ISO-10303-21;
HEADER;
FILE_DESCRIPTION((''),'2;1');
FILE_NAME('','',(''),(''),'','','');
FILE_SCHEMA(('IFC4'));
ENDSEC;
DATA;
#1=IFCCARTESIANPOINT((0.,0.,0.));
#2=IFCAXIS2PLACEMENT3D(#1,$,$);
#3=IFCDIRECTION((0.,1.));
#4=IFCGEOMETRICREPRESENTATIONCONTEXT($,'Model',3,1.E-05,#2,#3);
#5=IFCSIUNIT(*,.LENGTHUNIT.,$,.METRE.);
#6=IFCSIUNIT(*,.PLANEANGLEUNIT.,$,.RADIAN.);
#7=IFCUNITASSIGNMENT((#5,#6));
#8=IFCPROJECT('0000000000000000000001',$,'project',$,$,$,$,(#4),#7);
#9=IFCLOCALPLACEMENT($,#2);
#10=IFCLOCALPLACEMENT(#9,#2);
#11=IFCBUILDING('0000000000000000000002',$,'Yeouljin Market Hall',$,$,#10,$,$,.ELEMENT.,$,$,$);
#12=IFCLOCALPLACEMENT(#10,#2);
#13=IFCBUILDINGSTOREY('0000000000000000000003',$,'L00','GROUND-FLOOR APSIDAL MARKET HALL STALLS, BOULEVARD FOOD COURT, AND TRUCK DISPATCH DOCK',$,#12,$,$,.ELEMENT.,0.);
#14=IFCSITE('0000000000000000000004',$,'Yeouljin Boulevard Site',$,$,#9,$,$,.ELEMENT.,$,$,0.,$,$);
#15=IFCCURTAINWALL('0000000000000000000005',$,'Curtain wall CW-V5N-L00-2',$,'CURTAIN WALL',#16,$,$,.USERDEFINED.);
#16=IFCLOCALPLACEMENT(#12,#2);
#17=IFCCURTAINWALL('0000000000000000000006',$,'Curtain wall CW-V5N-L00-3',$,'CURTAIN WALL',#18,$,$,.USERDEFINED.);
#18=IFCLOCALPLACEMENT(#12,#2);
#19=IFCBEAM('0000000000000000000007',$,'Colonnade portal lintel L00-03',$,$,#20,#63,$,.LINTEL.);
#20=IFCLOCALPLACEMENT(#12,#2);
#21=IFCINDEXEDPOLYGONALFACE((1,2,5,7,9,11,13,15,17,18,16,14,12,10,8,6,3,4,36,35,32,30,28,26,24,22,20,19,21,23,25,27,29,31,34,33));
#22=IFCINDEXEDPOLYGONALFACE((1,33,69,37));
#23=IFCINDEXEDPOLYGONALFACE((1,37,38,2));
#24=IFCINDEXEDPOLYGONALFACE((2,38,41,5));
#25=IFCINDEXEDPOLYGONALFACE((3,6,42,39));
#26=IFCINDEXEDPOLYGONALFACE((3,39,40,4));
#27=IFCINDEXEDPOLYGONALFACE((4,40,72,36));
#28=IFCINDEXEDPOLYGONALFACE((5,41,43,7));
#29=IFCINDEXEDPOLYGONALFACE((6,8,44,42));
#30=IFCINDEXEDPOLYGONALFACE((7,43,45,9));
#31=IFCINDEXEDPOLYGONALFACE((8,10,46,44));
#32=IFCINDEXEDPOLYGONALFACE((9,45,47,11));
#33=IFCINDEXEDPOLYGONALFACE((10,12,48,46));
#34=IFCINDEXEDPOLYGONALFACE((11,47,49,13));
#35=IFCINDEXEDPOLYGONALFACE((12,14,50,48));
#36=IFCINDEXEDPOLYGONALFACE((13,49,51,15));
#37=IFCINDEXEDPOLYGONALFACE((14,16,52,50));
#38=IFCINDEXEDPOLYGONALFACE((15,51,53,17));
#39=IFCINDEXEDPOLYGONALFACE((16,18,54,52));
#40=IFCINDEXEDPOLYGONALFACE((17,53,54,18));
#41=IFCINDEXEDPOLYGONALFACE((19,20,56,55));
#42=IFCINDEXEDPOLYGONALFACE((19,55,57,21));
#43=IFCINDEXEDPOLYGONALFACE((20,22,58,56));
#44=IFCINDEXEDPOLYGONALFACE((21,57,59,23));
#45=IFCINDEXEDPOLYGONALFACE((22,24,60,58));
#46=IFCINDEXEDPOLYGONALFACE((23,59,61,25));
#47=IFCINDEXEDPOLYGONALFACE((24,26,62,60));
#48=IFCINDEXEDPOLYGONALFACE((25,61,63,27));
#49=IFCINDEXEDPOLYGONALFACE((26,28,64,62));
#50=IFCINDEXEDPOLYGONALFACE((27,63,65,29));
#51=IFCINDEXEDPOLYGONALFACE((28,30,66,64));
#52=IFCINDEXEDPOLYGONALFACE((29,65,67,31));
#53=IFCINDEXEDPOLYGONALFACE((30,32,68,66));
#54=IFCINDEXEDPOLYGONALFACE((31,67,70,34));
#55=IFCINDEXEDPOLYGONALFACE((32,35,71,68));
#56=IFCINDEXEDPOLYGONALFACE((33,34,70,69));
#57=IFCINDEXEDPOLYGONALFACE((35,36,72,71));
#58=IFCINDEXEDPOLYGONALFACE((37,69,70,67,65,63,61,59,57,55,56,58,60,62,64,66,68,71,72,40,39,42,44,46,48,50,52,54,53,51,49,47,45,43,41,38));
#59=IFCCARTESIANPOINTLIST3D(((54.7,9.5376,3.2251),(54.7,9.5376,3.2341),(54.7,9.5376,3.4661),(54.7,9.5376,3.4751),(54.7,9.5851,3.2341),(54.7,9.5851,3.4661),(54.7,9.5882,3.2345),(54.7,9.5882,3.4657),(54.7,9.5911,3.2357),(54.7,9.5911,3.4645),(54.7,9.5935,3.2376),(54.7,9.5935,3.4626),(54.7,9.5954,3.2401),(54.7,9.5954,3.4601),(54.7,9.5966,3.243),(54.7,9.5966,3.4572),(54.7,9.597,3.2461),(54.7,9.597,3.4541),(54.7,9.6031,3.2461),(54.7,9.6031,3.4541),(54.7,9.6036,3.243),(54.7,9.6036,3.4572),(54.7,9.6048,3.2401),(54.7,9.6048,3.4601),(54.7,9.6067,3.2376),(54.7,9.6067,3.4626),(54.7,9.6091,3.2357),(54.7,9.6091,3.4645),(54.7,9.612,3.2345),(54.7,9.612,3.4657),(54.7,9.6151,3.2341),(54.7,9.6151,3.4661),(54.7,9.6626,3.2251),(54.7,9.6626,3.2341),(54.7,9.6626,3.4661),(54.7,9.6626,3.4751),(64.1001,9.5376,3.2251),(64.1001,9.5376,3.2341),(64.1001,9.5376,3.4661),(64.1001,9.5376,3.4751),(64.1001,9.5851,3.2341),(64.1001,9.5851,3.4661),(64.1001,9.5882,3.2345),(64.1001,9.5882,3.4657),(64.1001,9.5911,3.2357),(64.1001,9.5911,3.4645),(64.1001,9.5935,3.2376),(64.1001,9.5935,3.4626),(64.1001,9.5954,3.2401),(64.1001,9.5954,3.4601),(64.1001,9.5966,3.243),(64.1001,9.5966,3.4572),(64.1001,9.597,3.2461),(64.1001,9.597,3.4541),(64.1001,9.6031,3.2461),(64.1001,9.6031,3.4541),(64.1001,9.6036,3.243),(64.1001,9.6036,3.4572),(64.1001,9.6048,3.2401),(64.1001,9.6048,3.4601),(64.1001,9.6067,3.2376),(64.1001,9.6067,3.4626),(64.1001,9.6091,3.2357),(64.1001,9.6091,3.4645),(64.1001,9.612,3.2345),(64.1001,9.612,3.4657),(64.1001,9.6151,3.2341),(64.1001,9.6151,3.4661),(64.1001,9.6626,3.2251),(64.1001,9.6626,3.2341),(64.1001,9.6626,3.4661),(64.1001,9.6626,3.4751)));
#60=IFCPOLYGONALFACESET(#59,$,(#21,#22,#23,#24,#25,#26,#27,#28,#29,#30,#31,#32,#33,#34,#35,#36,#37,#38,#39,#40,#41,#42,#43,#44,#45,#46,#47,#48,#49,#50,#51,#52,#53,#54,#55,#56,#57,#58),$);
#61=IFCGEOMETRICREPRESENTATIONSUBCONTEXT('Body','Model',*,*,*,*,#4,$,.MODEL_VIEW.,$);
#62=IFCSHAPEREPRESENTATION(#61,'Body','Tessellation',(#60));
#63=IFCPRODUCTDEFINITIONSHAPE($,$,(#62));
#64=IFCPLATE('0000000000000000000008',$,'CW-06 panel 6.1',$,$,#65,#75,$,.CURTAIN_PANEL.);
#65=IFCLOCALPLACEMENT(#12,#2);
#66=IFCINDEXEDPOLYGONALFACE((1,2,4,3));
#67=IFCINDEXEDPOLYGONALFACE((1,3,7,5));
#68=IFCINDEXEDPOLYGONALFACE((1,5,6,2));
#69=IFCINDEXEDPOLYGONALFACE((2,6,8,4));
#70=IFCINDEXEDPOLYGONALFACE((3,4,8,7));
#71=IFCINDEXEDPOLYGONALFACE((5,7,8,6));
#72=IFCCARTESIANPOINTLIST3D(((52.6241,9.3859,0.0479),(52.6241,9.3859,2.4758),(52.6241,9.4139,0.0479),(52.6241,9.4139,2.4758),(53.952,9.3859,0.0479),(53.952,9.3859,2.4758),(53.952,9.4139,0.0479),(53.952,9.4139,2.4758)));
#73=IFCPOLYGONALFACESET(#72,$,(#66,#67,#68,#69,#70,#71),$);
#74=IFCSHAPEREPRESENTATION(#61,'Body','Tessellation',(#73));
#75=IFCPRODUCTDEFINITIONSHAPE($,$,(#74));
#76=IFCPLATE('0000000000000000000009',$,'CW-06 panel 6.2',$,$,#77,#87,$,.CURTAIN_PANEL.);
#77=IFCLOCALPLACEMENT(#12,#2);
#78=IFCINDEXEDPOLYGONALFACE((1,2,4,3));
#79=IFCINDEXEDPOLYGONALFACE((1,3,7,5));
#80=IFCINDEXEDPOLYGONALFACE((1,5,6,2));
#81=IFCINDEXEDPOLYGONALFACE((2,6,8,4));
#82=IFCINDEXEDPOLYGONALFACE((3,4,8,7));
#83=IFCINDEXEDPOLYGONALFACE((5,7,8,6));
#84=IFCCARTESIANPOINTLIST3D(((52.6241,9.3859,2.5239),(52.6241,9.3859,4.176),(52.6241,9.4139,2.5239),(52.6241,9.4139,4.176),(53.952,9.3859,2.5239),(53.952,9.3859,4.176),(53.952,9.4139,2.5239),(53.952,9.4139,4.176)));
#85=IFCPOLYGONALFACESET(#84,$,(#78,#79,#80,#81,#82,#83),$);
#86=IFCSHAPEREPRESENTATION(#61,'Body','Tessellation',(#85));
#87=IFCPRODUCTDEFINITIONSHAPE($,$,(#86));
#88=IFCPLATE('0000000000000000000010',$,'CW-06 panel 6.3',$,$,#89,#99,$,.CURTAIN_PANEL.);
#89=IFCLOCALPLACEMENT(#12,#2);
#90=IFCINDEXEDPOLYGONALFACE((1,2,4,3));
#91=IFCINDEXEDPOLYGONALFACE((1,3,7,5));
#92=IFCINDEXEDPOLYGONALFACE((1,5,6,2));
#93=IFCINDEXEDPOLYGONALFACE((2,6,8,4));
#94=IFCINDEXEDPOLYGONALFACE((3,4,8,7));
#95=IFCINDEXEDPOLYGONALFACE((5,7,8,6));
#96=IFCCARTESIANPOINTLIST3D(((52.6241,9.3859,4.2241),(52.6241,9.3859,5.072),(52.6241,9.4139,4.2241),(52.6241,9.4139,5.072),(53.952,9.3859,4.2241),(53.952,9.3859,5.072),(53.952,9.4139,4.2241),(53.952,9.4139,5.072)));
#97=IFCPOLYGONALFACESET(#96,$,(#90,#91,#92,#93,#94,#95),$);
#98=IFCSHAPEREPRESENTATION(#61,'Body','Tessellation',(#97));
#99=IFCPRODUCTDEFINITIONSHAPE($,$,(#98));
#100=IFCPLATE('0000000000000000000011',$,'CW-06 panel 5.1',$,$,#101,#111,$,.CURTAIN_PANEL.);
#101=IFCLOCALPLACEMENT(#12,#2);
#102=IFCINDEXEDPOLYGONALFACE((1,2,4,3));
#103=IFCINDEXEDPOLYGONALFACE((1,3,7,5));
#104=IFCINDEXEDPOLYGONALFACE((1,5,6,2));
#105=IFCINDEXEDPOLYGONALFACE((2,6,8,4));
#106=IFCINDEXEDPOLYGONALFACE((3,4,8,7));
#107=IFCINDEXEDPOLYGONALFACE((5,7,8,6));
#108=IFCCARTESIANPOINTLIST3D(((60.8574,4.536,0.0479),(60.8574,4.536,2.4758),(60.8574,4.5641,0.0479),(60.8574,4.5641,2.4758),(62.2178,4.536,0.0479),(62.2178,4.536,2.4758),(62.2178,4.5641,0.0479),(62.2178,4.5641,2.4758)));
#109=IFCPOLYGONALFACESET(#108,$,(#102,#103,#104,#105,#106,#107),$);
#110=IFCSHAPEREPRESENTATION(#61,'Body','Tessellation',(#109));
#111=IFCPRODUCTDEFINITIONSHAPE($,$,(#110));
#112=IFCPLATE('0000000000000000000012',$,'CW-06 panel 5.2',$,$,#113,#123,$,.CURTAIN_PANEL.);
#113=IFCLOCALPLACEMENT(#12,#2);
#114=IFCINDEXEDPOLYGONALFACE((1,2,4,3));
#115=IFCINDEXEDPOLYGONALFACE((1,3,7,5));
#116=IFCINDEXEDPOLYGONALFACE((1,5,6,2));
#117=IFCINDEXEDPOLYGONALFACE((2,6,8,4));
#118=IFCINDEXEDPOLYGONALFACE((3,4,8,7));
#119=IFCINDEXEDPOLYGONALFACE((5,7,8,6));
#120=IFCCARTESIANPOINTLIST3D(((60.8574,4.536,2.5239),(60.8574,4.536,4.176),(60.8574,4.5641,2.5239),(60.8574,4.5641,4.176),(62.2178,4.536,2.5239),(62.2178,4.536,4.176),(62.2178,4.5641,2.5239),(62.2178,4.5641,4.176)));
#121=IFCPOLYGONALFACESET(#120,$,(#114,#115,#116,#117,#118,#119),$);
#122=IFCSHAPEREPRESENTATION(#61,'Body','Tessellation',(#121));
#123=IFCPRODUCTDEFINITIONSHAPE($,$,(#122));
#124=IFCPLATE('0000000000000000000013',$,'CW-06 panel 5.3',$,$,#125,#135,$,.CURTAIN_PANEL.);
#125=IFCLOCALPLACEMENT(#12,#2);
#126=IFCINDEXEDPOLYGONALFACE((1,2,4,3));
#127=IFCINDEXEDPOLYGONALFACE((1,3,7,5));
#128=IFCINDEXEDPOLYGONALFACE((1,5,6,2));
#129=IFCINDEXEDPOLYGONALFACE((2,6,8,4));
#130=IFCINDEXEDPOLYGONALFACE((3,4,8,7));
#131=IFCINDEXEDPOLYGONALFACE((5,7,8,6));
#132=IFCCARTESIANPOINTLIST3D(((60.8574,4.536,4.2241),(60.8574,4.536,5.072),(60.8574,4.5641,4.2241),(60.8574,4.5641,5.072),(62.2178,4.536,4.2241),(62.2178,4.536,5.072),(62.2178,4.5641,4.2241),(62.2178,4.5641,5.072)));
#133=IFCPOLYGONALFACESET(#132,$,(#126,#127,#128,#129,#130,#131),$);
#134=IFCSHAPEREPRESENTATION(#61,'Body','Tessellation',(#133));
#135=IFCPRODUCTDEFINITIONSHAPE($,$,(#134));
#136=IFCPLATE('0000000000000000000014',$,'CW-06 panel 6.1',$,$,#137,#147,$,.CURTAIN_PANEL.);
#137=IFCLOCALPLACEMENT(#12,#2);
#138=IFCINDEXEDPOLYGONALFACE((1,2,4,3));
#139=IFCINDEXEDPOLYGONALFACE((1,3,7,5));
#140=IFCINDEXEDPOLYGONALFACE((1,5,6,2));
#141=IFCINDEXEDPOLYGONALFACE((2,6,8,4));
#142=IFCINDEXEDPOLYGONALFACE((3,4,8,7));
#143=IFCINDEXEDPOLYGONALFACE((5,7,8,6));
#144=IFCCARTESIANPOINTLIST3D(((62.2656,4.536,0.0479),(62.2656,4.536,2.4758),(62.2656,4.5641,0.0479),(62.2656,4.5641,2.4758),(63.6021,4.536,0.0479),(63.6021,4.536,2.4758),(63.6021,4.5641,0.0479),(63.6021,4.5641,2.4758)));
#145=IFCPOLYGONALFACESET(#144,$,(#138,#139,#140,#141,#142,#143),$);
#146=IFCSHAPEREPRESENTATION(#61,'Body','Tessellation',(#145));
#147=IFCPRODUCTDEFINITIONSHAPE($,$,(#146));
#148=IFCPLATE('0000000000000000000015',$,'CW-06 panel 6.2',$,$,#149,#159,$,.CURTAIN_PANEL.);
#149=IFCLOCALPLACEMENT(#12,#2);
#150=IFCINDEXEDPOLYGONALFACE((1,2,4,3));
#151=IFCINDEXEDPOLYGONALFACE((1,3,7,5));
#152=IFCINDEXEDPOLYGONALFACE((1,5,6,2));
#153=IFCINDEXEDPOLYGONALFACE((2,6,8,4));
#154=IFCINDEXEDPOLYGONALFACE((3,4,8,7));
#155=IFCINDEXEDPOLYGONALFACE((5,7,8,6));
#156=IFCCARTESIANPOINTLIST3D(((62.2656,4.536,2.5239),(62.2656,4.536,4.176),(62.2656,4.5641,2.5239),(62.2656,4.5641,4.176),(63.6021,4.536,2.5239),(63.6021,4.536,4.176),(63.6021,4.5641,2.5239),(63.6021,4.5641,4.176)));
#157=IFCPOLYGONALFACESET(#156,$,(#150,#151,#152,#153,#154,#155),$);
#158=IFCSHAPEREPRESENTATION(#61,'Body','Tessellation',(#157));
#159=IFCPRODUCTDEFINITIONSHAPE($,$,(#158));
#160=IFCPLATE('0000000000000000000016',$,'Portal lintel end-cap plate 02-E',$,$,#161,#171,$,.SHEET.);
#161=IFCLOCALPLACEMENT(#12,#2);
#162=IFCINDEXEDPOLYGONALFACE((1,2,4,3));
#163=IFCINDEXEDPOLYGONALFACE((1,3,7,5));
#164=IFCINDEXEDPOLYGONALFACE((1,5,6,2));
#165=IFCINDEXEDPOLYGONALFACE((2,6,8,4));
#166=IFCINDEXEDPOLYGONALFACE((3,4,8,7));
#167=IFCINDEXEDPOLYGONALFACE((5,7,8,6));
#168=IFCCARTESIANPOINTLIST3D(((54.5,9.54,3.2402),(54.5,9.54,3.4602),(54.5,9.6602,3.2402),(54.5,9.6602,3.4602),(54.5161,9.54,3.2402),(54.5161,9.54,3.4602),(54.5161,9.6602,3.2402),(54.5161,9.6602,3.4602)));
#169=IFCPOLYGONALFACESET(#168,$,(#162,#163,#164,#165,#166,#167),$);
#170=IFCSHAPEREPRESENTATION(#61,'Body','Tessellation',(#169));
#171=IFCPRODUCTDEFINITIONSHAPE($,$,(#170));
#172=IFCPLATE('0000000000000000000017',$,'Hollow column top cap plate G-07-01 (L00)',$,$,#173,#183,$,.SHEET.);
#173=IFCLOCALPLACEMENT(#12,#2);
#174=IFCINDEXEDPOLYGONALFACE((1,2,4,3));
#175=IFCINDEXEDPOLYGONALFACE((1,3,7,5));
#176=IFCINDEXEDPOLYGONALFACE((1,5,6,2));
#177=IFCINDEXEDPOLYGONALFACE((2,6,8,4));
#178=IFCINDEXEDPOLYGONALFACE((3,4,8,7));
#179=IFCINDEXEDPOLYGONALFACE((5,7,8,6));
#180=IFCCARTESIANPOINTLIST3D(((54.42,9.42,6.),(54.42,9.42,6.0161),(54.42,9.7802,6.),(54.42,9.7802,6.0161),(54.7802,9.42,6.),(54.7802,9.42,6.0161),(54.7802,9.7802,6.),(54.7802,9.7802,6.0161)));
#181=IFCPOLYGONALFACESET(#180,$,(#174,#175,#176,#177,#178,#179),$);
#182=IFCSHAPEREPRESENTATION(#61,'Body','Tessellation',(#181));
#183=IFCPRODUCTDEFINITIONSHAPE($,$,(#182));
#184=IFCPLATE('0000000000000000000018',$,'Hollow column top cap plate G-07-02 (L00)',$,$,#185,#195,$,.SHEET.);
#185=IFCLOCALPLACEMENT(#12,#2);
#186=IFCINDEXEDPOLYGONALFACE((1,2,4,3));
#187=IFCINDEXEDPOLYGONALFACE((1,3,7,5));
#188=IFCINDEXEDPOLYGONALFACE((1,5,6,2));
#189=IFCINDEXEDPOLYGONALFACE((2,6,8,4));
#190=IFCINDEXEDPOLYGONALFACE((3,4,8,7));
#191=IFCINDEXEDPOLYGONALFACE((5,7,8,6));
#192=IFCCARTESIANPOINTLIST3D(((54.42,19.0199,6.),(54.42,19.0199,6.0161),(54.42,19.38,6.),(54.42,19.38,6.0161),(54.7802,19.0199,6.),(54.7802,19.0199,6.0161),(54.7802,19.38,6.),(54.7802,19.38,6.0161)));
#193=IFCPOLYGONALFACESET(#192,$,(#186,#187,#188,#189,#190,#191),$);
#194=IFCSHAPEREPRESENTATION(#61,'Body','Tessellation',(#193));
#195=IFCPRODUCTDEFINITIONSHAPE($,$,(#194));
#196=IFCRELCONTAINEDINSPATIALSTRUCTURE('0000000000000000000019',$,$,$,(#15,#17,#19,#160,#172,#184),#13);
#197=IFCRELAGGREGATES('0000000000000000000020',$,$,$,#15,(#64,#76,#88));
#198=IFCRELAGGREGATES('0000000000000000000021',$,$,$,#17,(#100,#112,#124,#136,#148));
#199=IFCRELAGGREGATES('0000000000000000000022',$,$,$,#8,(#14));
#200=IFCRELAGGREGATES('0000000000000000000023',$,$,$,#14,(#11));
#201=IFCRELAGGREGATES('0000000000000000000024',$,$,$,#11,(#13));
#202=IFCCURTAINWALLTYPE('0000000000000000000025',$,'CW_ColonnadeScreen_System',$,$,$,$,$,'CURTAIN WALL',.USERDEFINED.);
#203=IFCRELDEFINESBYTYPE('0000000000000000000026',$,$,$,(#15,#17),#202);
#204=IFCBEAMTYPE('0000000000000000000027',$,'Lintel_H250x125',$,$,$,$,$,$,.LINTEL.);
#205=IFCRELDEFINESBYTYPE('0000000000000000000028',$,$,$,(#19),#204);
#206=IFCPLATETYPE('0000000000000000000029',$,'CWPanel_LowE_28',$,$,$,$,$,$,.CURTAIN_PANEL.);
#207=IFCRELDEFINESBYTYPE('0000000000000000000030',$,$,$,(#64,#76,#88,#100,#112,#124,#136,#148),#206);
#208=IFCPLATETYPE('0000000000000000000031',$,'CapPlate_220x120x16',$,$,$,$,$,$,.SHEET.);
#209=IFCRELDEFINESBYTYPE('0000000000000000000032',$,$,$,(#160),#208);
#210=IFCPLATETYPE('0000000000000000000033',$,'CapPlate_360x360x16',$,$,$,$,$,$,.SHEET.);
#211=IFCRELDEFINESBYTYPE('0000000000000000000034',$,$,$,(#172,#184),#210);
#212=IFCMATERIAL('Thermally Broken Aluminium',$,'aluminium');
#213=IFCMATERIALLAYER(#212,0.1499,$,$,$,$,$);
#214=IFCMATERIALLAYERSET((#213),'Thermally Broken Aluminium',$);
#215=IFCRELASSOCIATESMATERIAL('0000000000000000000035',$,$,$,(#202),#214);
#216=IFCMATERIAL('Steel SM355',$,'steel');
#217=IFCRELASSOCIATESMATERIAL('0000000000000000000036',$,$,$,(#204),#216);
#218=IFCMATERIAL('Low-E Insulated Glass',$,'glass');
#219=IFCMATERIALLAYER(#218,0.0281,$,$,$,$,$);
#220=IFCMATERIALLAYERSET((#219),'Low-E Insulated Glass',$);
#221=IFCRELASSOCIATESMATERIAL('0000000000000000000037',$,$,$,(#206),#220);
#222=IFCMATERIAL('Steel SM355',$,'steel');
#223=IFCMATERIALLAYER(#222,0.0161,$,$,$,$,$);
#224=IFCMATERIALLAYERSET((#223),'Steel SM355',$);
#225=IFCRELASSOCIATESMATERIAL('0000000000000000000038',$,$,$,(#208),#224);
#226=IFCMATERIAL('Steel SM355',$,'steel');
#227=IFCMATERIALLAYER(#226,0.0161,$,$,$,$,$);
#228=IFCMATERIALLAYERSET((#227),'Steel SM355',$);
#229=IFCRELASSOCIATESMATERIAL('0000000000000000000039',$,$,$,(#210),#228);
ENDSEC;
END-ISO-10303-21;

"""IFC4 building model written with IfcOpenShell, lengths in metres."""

from ifc_helpers import new_model, si_unit, direction, frame, origin, origin_2d, place, context, subcontext, project, spatial, rectangle, i_section, extrude, material, layer, layer_set, material_profile, profile_set, type_object, element, aggregate, save


model = new_model("IFC4")

# Units and contexts
model_context = context("Model", 3, precision=1e-05, world=origin(), true_north=direction((0.0, 1.0)))
body_context = subcontext(model_context, "Body", "Model", "MODEL_VIEW")
ifc_project = project(units=[si_unit("LENGTHUNIT", "METRE"), si_unit("PLANEANGLEUNIT", "RADIAN")], contexts=[model_context])

# Site, building, storey
site_placement = place(None, origin())
site = spatial("IfcSite", under=ifc_project, at=site_placement, Name="Yeouljin Boulevard Site", CompositionType="ELEMENT", RefElevation=0.0)
building_placement = place(site_placement, origin())
building = spatial("IfcBuilding", under=site, at=building_placement, Name="Yeouljin Market Hall", CompositionType="ELEMENT")
storey_placement = place(building_placement, origin())
storey = spatial("IfcBuildingStorey", under=building, at=storey_placement, Name="L00", Description="GROUND-FLOOR APSIDAL MARKET HALL STALLS, BOULEVARD FOOD COURT, AND TRUCK DISPATCH DOCK", CompositionType="ELEMENT", Elevation=0.0)

# Curtain wall
ifc_material_1 = material(Name="Thermally Broken Aluminium", Category="aluminium")
ifc_layer_1 = layer(ifc_material_1, 0.1499)
ifc_layer_set_1 = layer_set([ifc_layer_1], Name="Thermally Broken Aluminium")
curtain_wall_type = type_object("IfcCurtainWallType", Name="CW_ColonnadeScreen_System", ElementType="CURTAIN WALL", PredefinedType="USERDEFINED", material=ifc_layer_set_1)
curtain_wall_1_placement = place(storey_placement, origin())
curtain_wall_1 = element("IfcCurtainWall", 1, at=curtain_wall_1_placement, inside=storey, type_object=curtain_wall_type, Name="Curtain wall CW-V5N-L00-2", ObjectType="CURTAIN WALL", PredefinedType="USERDEFINED")

# Curtain wall
curtain_wall_2_placement = place(storey_placement, origin())
curtain_wall_2 = element("IfcCurtainWall", 2, at=curtain_wall_2_placement, inside=storey, type_object=curtain_wall_type, Name="Curtain wall CW-V5N-L00-3", ObjectType="CURTAIN WALL", PredefinedType="USERDEFINED")

# Beam
ifc_material_2 = material(Name="Steel SM355", Category="steel")
ifc_material_profile_1 = material_profile(ifc_material_2, i_section(OverallWidth=0.125, OverallDepth=0.25, WebThickness=0.0061, FlangeThickness=0.009, FilletRadius=0.012, at=origin_2d()), Name="H-250x125x6x9")
ifc_profile_set_1 = profile_set([ifc_material_profile_1], Name="Steel SM355")
beam_type = type_object("IfcBeamType", Name="Lintel_H250x125", PredefinedType="LINTEL", material=ifc_profile_set_1)
beam_placement = place(storey_placement, frame((54.7, 9.6001, 3.3501), z_axis=(1.0, 0.0, 0.0), x_axis=(0.0, 1.0, 0.0)))
element("IfcBeam", 3, at=beam_placement, inside=storey, type_object=beam_type, Name="Colonnade portal lintel L00-03", PredefinedType="LINTEL", context=body_context, shape_type="SweptSolid", body=[
    extrude(i_section(OverallWidth=0.125, OverallDepth=0.25, WebThickness=0.0061, FlangeThickness=0.009, FilletRadius=0.012, at=origin_2d()), origin(), (0.0, 0.0, 1.0), 9.4001),
])

# Plates
ifc_material_3 = material(Name="Low-E Insulated Glass", Category="glass")
ifc_layer_2 = layer(ifc_material_3, 0.0281)
ifc_layer_set_2 = layer_set([ifc_layer_2], Name="Low-E Insulated Glass")
plate_type_1 = type_object("IfcPlateType", Name="CWPanel_LowE_28", PredefinedType="CURTAIN_PANEL", material=ifc_layer_set_2)
plate_1_placement = place(storey_placement, frame((53.2881, 9.3999, 0.0479), z_axis=(0.0, 0.0, 1.0), x_axis=(1.0, 0.0, 0.0)))
plate_1 = element("IfcPlate", 4, at=plate_1_placement, type_object=plate_type_1, Name="CW-06 panel 6.1", PredefinedType="CURTAIN_PANEL", context=body_context, shape_type="SweptSolid", body=[
    extrude(rectangle(XDim=1.3279, YDim=0.0281, at=origin_2d()), origin(), (0.0, 0.0, 1.0), 2.428),
])
plate_2_placement = place(storey_placement, frame((53.2881, 9.3999, 2.5239), z_axis=(0.0, 0.0, 1.0), x_axis=(1.0, 0.0, 0.0)))
plate_2 = element("IfcPlate", 5, at=plate_2_placement, type_object=plate_type_1, Name="CW-06 panel 6.2", PredefinedType="CURTAIN_PANEL", context=body_context, shape_type="SweptSolid", body=[
    extrude(rectangle(XDim=1.3279, YDim=0.0281, at=origin_2d()), origin(), (0.0, 0.0, 1.0), 1.6521),
])
plate_3_placement = place(storey_placement, frame((53.2881, 9.3999, 4.2241), z_axis=(0.0, 0.0, 1.0), x_axis=(1.0, 0.0, 0.0)))
plate_3 = element("IfcPlate", 6, at=plate_3_placement, type_object=plate_type_1, Name="CW-06 panel 6.3", PredefinedType="CURTAIN_PANEL", context=body_context, shape_type="SweptSolid", body=[
    extrude(rectangle(XDim=1.3279, YDim=0.0281, at=origin_2d()), origin(), (0.0, 0.0, 1.0), 0.8479),
])
aggregate(curtain_wall_1, [plate_1, plate_2, plate_3])
plate_4_placement = place(storey_placement, frame((61.5376, 4.55, 0.0479), z_axis=(0.0, 0.0, 1.0), x_axis=(1.0, 0.0, 0.0)))
plate_4 = element("IfcPlate", 7, at=plate_4_placement, type_object=plate_type_1, Name="CW-06 panel 5.1", PredefinedType="CURTAIN_PANEL", context=body_context, shape_type="SweptSolid", body=[
    extrude(rectangle(XDim=1.3604, YDim=0.0281, at=origin_2d()), origin(), (0.0, 0.0, 1.0), 2.428),
])
plate_5_placement = place(storey_placement, frame((61.5376, 4.55, 2.5239), z_axis=(0.0, 0.0, 1.0), x_axis=(1.0, 0.0, 0.0)))
plate_5 = element("IfcPlate", 8, at=plate_5_placement, type_object=plate_type_1, Name="CW-06 panel 5.2", PredefinedType="CURTAIN_PANEL", context=body_context, shape_type="SweptSolid", body=[
    extrude(rectangle(XDim=1.3604, YDim=0.0281, at=origin_2d()), origin(), (0.0, 0.0, 1.0), 1.6521),
])
plate_6_placement = place(storey_placement, frame((61.5376, 4.55, 4.2241), z_axis=(0.0, 0.0, 1.0), x_axis=(1.0, 0.0, 0.0)))
plate_6 = element("IfcPlate", 9, at=plate_6_placement, type_object=plate_type_1, Name="CW-06 panel 5.3", PredefinedType="CURTAIN_PANEL", context=body_context, shape_type="SweptSolid", body=[
    extrude(rectangle(XDim=1.3604, YDim=0.0281, at=origin_2d()), origin(), (0.0, 0.0, 1.0), 0.8479),
])
plate_7_placement = place(storey_placement, frame((62.9338, 4.55, 0.0479), z_axis=(0.0, 0.0, 1.0), x_axis=(1.0, 0.0, 0.0)))
plate_7 = element("IfcPlate", 10, at=plate_7_placement, type_object=plate_type_1, Name="CW-06 panel 6.1", PredefinedType="CURTAIN_PANEL", context=body_context, shape_type="SweptSolid", body=[
    extrude(rectangle(XDim=1.3364, YDim=0.0281, at=origin_2d()), origin(), (0.0, 0.0, 1.0), 2.428),
])
plate_8_placement = place(storey_placement, frame((62.9338, 4.55, 2.5239), z_axis=(0.0, 0.0, 1.0), x_axis=(1.0, 0.0, 0.0)))
plate_8 = element("IfcPlate", 11, at=plate_8_placement, type_object=plate_type_1, Name="CW-06 panel 6.2", PredefinedType="CURTAIN_PANEL", context=body_context, shape_type="SweptSolid", body=[
    extrude(rectangle(XDim=1.3364, YDim=0.0281, at=origin_2d()), origin(), (0.0, 0.0, 1.0), 1.6521),
])
aggregate(curtain_wall_2, [plate_4, plate_5, plate_6, plate_7, plate_8])

# Plates
ifc_material_4 = material(Name="Steel SM355", Category="steel")
ifc_layer_3 = layer(ifc_material_4, 0.0161)
ifc_layer_set_3 = layer_set([ifc_layer_3], Name="Steel SM355")
plate_type_2 = type_object("IfcPlateType", Name="CapPlate_220x120x16", PredefinedType="SHEET", material=ifc_layer_set_3)
plate_9_placement = place(storey_placement, frame((54.5081, 9.6001, 3.2402), z_axis=(0.0, 0.0, 1.0), x_axis=(0.0, 1.0, 0.0)))
element("IfcPlate", 12, at=plate_9_placement, inside=storey, type_object=plate_type_2, Name="Portal lintel end-cap plate 02-E", PredefinedType="SHEET", context=body_context, shape_type="SweptSolid", body=[
    extrude(rectangle(XDim=0.1201, YDim=0.0161, at=origin_2d()), origin(), (0.0, 0.0, 1.0), 0.22),
])
ifc_material_5 = material(Name="Steel SM355", Category="steel")
ifc_layer_4 = layer(ifc_material_5, 0.0161)
ifc_layer_set_4 = layer_set([ifc_layer_4], Name="Steel SM355")
plate_type_3 = type_object("IfcPlateType", Name="CapPlate_360x360x16", PredefinedType="SHEET", material=ifc_layer_set_4)
for number, where, z_axis, x_axis, name in (
    (13, (54.6001, 9.6001, 6.0), (0.0, 0.0, 1.0), (1.0, 0.0, 0.0), "Hollow column top cap plate G-07-01 (L00)"),
    (14, (54.6001, 19.2, 6.0), (0.0, 0.0, 1.0), (1.0, 0.0, 0.0), "Hollow column top cap plate G-07-02 (L00)"),
):
    element("IfcPlate", number, at=place(storey_placement, frame(where, z_axis=z_axis, x_axis=x_axis)), inside=storey, type_object=plate_type_3, Name=name, PredefinedType="SHEET", context=body_context, shape_type="SweptSolid", body=[
        extrude(rectangle(XDim=0.3601, YDim=0.3601, at=origin_2d()), origin(), (0.0, 0.0, 1.0), 0.0161),
    ])

save(model, "model.ifc")
